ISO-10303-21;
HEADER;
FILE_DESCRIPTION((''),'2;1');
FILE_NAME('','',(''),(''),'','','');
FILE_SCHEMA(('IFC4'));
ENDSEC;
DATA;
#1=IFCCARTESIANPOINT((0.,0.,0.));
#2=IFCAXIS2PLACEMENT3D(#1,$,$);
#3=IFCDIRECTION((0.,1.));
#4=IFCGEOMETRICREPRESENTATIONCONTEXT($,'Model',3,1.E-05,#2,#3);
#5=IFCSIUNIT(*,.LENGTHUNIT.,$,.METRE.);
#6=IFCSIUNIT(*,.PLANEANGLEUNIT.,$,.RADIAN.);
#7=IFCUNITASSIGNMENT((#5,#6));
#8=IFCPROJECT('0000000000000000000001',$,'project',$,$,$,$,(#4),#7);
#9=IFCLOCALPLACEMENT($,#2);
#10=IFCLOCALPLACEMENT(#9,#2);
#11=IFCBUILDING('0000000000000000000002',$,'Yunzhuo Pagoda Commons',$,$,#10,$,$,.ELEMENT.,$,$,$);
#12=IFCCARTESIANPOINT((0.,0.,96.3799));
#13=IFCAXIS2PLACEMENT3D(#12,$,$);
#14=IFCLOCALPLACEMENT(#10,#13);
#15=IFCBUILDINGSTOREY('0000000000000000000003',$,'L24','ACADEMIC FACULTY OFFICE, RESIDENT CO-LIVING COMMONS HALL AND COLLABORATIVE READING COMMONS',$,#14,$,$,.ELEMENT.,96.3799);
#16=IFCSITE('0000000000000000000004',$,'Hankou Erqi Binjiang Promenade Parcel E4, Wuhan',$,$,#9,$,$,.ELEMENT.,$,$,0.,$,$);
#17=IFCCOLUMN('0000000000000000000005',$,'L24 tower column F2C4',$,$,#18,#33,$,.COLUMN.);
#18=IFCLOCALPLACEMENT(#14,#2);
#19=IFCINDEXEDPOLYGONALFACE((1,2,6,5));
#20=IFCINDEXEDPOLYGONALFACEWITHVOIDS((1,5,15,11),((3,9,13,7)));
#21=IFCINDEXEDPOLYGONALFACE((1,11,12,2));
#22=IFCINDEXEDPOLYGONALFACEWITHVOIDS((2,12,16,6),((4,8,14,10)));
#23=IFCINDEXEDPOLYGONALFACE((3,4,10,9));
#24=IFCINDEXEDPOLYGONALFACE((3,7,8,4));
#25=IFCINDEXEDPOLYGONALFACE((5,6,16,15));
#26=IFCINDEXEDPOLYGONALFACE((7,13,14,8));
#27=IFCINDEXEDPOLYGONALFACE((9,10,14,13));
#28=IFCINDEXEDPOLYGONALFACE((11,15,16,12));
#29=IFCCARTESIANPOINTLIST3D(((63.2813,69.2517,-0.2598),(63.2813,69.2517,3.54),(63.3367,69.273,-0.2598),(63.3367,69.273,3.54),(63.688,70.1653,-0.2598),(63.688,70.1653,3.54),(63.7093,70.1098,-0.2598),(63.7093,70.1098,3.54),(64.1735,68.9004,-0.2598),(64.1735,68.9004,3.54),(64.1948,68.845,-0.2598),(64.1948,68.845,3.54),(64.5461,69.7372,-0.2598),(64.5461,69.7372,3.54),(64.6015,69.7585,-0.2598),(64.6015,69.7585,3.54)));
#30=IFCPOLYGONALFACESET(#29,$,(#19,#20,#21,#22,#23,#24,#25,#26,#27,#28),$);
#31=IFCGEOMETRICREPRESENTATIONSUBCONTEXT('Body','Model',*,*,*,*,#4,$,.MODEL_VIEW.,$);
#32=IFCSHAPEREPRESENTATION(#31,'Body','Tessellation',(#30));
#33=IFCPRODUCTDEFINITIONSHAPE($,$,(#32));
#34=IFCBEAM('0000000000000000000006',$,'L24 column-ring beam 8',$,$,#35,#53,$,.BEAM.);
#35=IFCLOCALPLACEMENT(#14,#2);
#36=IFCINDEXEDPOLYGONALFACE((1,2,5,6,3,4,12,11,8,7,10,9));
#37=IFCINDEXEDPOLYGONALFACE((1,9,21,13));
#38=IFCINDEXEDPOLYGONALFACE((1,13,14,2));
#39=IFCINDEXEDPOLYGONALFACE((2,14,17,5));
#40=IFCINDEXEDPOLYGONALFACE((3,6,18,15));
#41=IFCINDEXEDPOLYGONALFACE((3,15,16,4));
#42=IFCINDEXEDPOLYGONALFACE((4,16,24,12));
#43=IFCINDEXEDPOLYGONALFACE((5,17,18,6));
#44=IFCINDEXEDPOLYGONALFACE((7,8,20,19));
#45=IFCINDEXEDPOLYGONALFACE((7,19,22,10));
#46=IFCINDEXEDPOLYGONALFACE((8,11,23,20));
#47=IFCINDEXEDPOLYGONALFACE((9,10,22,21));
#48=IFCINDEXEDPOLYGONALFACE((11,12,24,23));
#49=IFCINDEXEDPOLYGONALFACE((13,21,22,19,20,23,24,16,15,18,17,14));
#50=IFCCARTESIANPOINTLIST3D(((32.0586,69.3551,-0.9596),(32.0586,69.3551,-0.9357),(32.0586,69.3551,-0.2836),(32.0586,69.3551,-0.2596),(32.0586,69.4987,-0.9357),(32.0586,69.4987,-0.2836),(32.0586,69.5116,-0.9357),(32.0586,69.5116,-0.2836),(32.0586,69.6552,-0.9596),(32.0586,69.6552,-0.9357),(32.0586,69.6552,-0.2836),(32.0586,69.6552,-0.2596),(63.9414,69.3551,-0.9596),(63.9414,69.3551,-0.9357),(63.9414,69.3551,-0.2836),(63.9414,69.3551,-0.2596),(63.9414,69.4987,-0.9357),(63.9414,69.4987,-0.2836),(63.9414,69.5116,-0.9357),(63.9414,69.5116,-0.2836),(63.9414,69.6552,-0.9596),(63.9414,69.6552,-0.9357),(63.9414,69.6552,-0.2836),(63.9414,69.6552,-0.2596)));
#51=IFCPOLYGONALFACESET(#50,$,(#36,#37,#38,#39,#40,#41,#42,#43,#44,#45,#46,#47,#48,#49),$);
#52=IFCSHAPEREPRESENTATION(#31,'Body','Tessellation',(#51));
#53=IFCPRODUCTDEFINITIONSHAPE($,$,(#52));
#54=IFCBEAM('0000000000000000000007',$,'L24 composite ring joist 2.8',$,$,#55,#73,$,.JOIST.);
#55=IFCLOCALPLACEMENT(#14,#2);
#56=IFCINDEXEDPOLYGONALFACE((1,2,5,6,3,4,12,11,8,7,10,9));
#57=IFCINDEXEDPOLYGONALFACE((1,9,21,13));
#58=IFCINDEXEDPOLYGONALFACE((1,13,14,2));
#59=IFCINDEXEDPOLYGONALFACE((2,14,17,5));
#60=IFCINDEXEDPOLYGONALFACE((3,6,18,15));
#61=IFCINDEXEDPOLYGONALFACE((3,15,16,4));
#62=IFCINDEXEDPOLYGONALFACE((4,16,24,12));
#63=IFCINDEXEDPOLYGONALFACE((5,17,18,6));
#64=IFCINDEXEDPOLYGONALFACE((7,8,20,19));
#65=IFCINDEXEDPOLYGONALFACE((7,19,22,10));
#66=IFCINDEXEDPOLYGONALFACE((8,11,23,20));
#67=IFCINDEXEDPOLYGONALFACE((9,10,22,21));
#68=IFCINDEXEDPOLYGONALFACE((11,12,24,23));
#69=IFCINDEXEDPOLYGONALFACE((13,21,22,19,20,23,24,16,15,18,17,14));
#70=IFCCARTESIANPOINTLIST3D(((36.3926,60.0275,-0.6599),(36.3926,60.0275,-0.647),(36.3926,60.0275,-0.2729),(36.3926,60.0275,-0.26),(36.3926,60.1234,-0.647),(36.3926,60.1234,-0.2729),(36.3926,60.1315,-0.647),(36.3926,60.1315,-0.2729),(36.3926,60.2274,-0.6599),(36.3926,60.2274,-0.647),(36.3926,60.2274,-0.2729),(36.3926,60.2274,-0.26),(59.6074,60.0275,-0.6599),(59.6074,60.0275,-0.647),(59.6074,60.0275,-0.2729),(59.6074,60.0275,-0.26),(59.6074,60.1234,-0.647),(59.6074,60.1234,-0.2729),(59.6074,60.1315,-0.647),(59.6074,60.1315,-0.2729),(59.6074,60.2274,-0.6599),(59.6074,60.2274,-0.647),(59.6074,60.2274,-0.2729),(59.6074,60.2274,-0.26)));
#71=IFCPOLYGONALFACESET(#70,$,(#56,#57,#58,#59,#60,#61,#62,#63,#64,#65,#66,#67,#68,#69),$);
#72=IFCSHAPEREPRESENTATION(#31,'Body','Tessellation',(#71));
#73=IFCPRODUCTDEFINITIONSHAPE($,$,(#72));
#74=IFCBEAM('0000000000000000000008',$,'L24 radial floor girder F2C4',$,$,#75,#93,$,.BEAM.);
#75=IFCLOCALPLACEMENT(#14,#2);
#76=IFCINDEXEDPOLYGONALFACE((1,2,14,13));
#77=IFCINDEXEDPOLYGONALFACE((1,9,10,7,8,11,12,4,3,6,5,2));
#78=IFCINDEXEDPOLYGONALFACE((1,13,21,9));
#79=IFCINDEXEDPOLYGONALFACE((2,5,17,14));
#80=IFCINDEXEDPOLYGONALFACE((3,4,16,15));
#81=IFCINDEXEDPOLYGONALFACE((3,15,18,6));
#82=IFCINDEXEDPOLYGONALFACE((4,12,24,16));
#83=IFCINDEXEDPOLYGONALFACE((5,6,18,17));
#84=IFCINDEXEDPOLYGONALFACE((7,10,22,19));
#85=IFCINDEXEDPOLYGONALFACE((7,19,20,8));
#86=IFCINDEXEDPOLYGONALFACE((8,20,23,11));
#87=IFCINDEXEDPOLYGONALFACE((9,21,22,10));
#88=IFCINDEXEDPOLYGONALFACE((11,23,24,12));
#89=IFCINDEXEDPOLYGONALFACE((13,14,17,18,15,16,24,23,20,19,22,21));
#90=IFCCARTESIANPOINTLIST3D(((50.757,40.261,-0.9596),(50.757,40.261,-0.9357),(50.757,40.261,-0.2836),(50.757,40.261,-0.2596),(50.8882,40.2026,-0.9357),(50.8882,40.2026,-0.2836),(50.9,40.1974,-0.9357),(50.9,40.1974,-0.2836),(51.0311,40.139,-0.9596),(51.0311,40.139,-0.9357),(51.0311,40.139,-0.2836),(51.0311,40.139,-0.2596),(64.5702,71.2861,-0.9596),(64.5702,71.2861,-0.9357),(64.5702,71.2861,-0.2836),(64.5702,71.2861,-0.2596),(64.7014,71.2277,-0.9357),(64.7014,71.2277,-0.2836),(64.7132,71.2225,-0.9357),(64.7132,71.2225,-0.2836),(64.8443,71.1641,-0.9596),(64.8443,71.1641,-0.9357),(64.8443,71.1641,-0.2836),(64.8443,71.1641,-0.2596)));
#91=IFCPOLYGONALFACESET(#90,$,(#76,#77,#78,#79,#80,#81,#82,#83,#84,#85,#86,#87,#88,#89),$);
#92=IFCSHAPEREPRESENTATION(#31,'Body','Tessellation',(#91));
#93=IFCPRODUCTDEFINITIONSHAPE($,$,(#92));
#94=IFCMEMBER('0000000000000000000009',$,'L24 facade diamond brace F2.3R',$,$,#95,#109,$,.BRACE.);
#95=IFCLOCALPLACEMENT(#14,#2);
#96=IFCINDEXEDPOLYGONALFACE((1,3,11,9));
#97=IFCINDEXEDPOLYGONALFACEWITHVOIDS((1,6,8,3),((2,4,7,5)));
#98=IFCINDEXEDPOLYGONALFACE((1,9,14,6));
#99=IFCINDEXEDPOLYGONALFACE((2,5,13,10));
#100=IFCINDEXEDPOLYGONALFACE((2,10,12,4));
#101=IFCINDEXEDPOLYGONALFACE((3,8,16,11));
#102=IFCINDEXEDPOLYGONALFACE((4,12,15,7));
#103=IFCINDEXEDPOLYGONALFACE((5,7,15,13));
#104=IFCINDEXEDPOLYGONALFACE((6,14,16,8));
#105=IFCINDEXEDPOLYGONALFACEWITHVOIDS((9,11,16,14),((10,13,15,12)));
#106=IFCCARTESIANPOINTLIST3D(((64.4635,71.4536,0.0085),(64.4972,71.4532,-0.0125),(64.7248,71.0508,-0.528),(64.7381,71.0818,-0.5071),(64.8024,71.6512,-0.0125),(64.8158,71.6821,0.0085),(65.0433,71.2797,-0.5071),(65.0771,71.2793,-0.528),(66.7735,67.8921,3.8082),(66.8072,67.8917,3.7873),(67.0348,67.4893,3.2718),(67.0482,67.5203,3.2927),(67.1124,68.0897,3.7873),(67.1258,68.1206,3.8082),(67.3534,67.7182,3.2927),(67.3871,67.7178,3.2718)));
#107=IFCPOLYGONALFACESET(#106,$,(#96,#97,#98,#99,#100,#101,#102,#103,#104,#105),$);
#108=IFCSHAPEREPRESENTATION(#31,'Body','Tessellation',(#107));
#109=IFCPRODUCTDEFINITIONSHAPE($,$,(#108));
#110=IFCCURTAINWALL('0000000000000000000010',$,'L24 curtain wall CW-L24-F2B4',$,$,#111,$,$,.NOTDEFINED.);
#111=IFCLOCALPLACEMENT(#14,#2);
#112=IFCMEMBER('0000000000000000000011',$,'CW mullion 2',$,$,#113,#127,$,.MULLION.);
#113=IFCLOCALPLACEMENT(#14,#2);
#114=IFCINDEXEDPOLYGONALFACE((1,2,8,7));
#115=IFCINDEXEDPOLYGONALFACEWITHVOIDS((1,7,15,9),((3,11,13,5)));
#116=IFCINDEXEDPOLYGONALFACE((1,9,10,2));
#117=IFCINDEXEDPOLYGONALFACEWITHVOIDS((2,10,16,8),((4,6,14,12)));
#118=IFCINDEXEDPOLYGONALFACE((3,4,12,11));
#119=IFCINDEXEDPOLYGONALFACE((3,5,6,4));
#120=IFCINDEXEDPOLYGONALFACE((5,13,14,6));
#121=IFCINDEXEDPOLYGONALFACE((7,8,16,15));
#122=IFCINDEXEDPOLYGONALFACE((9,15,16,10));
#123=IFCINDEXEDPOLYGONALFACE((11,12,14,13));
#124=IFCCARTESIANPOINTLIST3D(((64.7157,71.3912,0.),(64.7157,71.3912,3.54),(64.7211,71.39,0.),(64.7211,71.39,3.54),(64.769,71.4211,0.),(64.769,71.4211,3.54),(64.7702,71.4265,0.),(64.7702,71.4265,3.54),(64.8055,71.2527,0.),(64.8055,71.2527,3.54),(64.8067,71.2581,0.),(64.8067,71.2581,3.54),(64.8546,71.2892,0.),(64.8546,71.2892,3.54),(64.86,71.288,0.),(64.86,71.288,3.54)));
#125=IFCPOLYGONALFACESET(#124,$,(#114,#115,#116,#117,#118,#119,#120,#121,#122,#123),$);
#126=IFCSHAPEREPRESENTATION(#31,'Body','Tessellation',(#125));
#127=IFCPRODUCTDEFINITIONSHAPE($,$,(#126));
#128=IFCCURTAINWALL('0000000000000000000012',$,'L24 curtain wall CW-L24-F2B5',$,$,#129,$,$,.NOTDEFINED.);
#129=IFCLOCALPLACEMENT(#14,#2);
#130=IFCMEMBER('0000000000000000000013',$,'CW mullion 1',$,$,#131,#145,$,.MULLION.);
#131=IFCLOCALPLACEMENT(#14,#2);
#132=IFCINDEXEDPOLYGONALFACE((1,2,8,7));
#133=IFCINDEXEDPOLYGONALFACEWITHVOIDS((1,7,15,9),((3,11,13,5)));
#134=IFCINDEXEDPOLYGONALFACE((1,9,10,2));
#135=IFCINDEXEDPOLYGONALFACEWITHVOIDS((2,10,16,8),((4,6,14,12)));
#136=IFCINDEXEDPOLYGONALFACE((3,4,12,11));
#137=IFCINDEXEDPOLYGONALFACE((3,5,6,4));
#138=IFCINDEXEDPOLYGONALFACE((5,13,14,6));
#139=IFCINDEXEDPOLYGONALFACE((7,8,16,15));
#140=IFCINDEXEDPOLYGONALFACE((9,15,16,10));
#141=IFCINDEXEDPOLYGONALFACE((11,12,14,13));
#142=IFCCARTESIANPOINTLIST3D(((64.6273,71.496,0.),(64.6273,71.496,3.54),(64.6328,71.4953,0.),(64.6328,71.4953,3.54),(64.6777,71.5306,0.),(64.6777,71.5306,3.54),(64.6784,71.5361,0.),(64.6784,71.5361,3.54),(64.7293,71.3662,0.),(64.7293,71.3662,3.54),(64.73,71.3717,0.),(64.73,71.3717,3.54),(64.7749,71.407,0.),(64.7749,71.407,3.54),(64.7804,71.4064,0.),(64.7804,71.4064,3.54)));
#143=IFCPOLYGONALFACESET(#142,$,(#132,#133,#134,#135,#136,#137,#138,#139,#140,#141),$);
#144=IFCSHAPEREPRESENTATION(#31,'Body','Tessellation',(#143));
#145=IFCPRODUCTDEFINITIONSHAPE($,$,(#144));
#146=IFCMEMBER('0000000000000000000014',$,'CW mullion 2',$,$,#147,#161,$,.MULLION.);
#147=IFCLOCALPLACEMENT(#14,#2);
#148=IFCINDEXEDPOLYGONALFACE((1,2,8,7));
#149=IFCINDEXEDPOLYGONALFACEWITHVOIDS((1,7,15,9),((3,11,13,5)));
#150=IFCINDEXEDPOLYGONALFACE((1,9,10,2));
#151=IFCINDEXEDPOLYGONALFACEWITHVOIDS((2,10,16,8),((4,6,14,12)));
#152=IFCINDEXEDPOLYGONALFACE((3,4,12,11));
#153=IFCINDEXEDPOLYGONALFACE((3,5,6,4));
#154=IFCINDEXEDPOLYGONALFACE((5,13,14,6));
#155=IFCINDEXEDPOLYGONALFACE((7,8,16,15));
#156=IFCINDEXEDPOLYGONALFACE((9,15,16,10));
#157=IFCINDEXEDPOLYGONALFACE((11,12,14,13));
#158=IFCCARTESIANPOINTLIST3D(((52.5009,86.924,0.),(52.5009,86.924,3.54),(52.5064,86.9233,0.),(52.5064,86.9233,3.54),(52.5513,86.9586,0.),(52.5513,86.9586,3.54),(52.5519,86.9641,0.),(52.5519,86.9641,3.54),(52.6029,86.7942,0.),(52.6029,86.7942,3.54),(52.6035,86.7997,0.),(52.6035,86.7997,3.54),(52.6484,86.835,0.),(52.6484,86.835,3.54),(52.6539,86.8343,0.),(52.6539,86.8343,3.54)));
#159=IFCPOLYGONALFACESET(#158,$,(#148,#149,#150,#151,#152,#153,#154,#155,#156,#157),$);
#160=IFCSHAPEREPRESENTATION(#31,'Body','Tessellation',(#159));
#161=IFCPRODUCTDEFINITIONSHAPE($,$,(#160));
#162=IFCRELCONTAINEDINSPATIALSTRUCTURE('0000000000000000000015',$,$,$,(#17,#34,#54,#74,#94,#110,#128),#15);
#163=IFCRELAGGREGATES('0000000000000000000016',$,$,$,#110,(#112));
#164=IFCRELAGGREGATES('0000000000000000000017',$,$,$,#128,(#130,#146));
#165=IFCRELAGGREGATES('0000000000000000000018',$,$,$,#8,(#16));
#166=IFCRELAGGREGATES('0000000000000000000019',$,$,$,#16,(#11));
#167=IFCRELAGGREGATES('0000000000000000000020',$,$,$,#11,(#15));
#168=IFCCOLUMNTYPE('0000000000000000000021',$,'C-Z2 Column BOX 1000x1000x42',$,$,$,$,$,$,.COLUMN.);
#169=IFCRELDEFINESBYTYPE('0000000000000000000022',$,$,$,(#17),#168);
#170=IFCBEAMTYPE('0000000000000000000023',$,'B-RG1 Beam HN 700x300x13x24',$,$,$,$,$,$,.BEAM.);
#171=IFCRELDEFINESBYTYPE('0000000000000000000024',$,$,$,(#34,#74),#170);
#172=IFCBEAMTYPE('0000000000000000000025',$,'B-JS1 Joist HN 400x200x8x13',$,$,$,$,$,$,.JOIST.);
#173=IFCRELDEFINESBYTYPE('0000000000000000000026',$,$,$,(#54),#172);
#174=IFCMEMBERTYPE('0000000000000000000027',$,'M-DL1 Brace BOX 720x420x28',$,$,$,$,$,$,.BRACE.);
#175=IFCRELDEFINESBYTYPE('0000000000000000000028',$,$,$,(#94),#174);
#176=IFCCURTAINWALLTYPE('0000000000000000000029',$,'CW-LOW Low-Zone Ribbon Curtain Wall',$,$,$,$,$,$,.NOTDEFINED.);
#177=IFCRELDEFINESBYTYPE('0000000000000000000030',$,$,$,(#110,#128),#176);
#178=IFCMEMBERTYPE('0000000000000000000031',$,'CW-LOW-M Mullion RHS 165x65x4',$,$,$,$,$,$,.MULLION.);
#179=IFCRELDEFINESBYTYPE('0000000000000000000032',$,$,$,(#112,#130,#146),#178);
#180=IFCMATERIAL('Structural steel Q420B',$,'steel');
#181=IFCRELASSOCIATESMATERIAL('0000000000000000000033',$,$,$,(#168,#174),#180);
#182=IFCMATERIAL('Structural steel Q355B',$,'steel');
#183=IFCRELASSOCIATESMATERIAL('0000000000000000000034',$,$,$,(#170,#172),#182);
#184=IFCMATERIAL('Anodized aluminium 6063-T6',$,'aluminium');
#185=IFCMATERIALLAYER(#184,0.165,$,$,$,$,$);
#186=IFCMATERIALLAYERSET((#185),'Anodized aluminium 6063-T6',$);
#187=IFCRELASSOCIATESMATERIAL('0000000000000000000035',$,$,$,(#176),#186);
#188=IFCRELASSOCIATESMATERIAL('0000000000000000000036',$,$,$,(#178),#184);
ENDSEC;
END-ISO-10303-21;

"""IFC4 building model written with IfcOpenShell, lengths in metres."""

from ifc_helpers import new_model, si_unit, direction, frame, origin, origin_2d, place, context, subcontext, project, spatial, hollow_rectangle, i_section, extrude, source, transform, mapped, material, layer, layer_set, material_profile, profile_set, type_object, element, aggregate, save


model = new_model("IFC4")

# Units and contexts
model_context = context("Model", 3, precision=1e-05, world=origin(), true_north=direction((0.0, 1.0)))
body_context = subcontext(model_context, "Body", "Model", "MODEL_VIEW")
ifc_project = project(units=[si_unit("LENGTHUNIT", "METRE"), si_unit("PLANEANGLEUNIT", "RADIAN")], contexts=[model_context])

# Site, building, storey
site_placement = place(None, origin())
site = spatial("IfcSite", under=ifc_project, at=site_placement, Name="Hankou Erqi Binjiang Promenade Parcel E4, Wuhan", CompositionType="ELEMENT", RefElevation=0.0)
building_placement = place(site_placement, origin())
building = spatial("IfcBuilding", under=site, at=building_placement, Name="Yunzhuo Pagoda Commons", CompositionType="ELEMENT")
storey_placement = place(building_placement, frame((0.0, 0.0, 96.3799)))
storey = spatial("IfcBuildingStorey", under=building, at=storey_placement, Name="L24", Description="ACADEMIC FACULTY OFFICE, RESIDENT CO-LIVING COMMONS HALL AND COLLABORATIVE READING COMMONS", CompositionType="ELEMENT", Elevation=96.3799)

# Column
ifc_material_1 = material(Name="Structural steel Q420B", Category="steel")
ifc_material_profile_1 = material_profile(ifc_material_1, hollow_rectangle(XDim=1.0, YDim=1.0, WallThickness=0.042, at=origin_2d()), Name="Structural steel Q420B")
ifc_profile_set_1 = profile_set([ifc_material_profile_1], Name="Structural steel Q420B")
column_type = type_object("IfcColumnType", Name="C-Z2 Column BOX 1000x1000x42", PredefinedType="COLUMN", material=ifc_profile_set_1)
shared_shape_1 = source(origin(), body_context, "Body", "SweptSolid", [
    extrude(hollow_rectangle(XDim=1.0, YDim=1.0, WallThickness=0.042, at=origin_2d()), origin(), (0.0, 0.0, 1.0), 3.7998),
])
column_placement = place(storey_placement, frame((63.9414, 69.5051, -0.2598), z_axis=(0.0, 0.0, 1.0), x_axis=(-0.913545, 0.406737, 0.0)))
element("IfcColumn", 1, at=column_placement, inside=storey, type_object=column_type, Name="L24 tower column F2C4", PredefinedType="COLUMN", context=body_context, shape_type="MappedRepresentation", body=[
    mapped(shared_shape_1, transform((0.0, 0.0, 0.0), scale=1.0)),
])

# Beams
ifc_material_2 = material(Name="Structural steel Q355B", Category="steel")
ifc_material_profile_2 = material_profile(ifc_material_2, i_section(OverallWidth=0.3, OverallDepth=0.7, WebThickness=0.0129, FlangeThickness=0.0239, at=origin_2d()), Name="Structural steel Q355B")
ifc_profile_set_2 = profile_set([ifc_material_profile_2], Name="Structural steel Q355B")
beam_type_1 = type_object("IfcBeamType", Name="B-RG1 Beam HN 700x300x13x24", PredefinedType="BEAM", material=ifc_profile_set_2)
shared_shape_2 = source(origin(), body_context, "Body", "SweptSolid", [
    extrude(i_section(OverallWidth=0.3, OverallDepth=0.7, WebThickness=0.0129, FlangeThickness=0.0239, at=origin_2d()), origin(), (0.0, 0.0, 1.0), 31.8828),
])
beam_1_placement = place(storey_placement, frame((63.9414, 69.5051, -0.6096), z_axis=(-1.0, 0.0, 0.0), x_axis=(0.0, -1.0, 0.0)))
element("IfcBeam", 2, at=beam_1_placement, inside=storey, type_object=beam_type_1, Name="L24 column-ring beam 8", PredefinedType="BEAM", context=body_context, shape_type="MappedRepresentation", body=[
    mapped(shared_shape_2, transform((0.0, 0.0, 0.0), scale=1.0)),
])
ifc_material_profile_3 = material_profile(ifc_material_2, i_section(OverallWidth=0.2, OverallDepth=0.3999, WebThickness=0.0081, FlangeThickness=0.0129, at=origin_2d()), Name="Structural steel Q355B")
ifc_profile_set_3 = profile_set([ifc_material_profile_3], Name="Structural steel Q355B")
beam_type_2 = type_object("IfcBeamType", Name="B-JS1 Joist HN 400x200x8x13", PredefinedType="JOIST", material=ifc_profile_set_3)
shared_shape_3 = source(origin(), body_context, "Body", "SweptSolid", [
    extrude(i_section(OverallWidth=0.2, OverallDepth=0.3999, WebThickness=0.0081, FlangeThickness=0.0129, at=origin_2d()), origin(), (0.0, 0.0, 1.0), 23.2148),
])
beam_2_placement = place(storey_placement, frame((59.6074, 60.1274, -0.46), z_axis=(-1.0, 0.0, 0.0), x_axis=(0.0, -1.0, 0.0)))
element("IfcBeam", 3, at=beam_2_placement, inside=storey, type_object=beam_type_2, Name="L24 composite ring joist 2.8", PredefinedType="JOIST", context=body_context, shape_type="MappedRepresentation", body=[
    mapped(shared_shape_3, transform((0.0, 0.0, 0.0), scale=1.0)),
])
shared_shape_4 = source(origin(), body_context, "Body", "SweptSolid", [
    extrude(i_section(OverallWidth=0.3, OverallDepth=0.7, WebThickness=0.0129, FlangeThickness=0.0239, at=origin_2d()), origin(), (0.0, 0.0, 1.0), 33.9612),
])
beam_3_placement = place(storey_placement, frame((64.7073, 71.2251, -0.6096), z_axis=(-0.406735, -0.913546, 0.0), x_axis=(0.913546, -0.406735, 0.0)))
element("IfcBeam", 4, at=beam_3_placement, inside=storey, type_object=beam_type_1, Name="L24 radial floor girder F2C4", PredefinedType="BEAM", context=body_context, shape_type="MappedRepresentation", body=[
    mapped(shared_shape_4, transform((0.0, 0.0, 0.0), scale=1.0)),
])

# Member
ifc_material_profile_4 = material_profile(ifc_material_1, hollow_rectangle(XDim=0.4199, YDim=0.72, WallThickness=0.0281, at=origin_2d()), Name="Structural steel Q420B")
ifc_profile_set_4 = profile_set([ifc_material_profile_4], Name="Structural steel Q420B")
member_type_1 = type_object("IfcMemberType", Name="M-DL1 Brace BOX 720x420x28", PredefinedType="BRACE", material=ifc_profile_set_4)
shared_shape_5 = source(origin(), body_context, "Body", "SweptSolid", [
    extrude(hollow_rectangle(XDim=0.4199, YDim=0.72, WallThickness=0.0281, at=origin_2d()), origin(), (0.0, 0.0, 1.0), 5.6973),
])
member_1_placement = place(storey_placement, frame((64.7703, 71.3665, -0.2598), z_axis=(0.405465, -0.625124, 0.666947), x_axis=(0.838974, 0.544171, 0.0)))
element("IfcMember", 5, at=member_1_placement, inside=storey, type_object=member_type_1, Name="L24 facade diamond brace F2.3R", PredefinedType="BRACE", context=body_context, shape_type="MappedRepresentation", body=[
    mapped(shared_shape_5, transform((0.0, 0.0, 0.0), scale=1.0)),
])

# Curtain wall, member
ifc_material_3 = material(Name="Anodized aluminium 6063-T6", Category="aluminium")
ifc_layer_1 = layer(ifc_material_3, 0.165)
ifc_layer_set_1 = layer_set([ifc_layer_1], Name="Anodized aluminium 6063-T6")
curtain_wall_type = type_object("IfcCurtainWallType", Name="CW-LOW Low-Zone Ribbon Curtain Wall", PredefinedType="NOTDEFINED", material=ifc_layer_set_1)
curtain_wall_1_placement = place(storey_placement, origin())
curtain_wall_1 = element("IfcCurtainWall", 6, at=curtain_wall_1_placement, inside=storey, type_object=curtain_wall_type, Name="L24 curtain wall CW-L24-F2B4", PredefinedType="NOTDEFINED")
ifc_material_profile_5 = material_profile(ifc_material_3, hollow_rectangle(XDim=0.0649, YDim=0.165, WallThickness=0.0039, at=origin_2d()), Name="Anodized aluminium 6063-T6")
ifc_profile_set_5 = profile_set([ifc_material_profile_5], Name="Anodized aluminium 6063-T6")
member_type_2 = type_object("IfcMemberType", Name="CW-LOW-M Mullion RHS 165x65x4", PredefinedType="MULLION", material=ifc_profile_set_5)
shared_shape_6 = source(origin(), body_context, "Body", "SweptSolid", [
    extrude(hollow_rectangle(XDim=0.0649, YDim=0.165, WallThickness=0.0039, at=origin_2d()), origin(), (0.0, 0.0, 1.0), 3.54),
])
member_2_placement = place(storey_placement, frame((64.7878, 71.3396, 0.0), z_axis=(0.0, 0.0, 1.0), x_axis=(-0.838972, -0.544174, 0.0)))
member_2 = element("IfcMember", 7, at=member_2_placement, type_object=member_type_2, Name="CW mullion 2", PredefinedType="MULLION", context=body_context, shape_type="MappedRepresentation", body=[
    mapped(shared_shape_6, transform((0.0, 0.0, 0.0), scale=1.0)),
])

# Curtain wall, members
curtain_wall_2_placement = place(storey_placement, origin())
curtain_wall_2 = element("IfcCurtainWall", 8, at=curtain_wall_2_placement, inside=storey, type_object=curtain_wall_type, Name="L24 curtain wall CW-L24-F2B5", PredefinedType="NOTDEFINED")
member_3_placement = place(storey_placement, frame((64.7039, 71.4512, 0.0), z_axis=(0.0, 0.0, 1.0), x_axis=(-0.786215, -0.617953, 0.0)))
member_3 = element("IfcMember", 9, at=member_3_placement, type_object=member_type_2, Name="CW mullion 1", PredefinedType="MULLION", context=body_context, shape_type="MappedRepresentation", body=[
    mapped(shared_shape_6, transform((0.0, 0.0, 0.0), scale=1.0)),
])
member_4_placement = place(storey_placement, frame((52.5774, 86.8792, 0.0), z_axis=(0.0, 0.0, 1.0), x_axis=(-0.786215, -0.617953, 0.0)))
member_4 = element("IfcMember", 10, at=member_4_placement, type_object=member_type_2, Name="CW mullion 2", PredefinedType="MULLION", context=body_context, shape_type="MappedRepresentation", body=[
    mapped(shared_shape_6, transform((0.0, 0.0, 0.0), scale=1.0)),
])

aggregate(curtain_wall_1, [member_2])

aggregate(curtain_wall_2, [member_3, member_4])

save(model, "model.ifc")
